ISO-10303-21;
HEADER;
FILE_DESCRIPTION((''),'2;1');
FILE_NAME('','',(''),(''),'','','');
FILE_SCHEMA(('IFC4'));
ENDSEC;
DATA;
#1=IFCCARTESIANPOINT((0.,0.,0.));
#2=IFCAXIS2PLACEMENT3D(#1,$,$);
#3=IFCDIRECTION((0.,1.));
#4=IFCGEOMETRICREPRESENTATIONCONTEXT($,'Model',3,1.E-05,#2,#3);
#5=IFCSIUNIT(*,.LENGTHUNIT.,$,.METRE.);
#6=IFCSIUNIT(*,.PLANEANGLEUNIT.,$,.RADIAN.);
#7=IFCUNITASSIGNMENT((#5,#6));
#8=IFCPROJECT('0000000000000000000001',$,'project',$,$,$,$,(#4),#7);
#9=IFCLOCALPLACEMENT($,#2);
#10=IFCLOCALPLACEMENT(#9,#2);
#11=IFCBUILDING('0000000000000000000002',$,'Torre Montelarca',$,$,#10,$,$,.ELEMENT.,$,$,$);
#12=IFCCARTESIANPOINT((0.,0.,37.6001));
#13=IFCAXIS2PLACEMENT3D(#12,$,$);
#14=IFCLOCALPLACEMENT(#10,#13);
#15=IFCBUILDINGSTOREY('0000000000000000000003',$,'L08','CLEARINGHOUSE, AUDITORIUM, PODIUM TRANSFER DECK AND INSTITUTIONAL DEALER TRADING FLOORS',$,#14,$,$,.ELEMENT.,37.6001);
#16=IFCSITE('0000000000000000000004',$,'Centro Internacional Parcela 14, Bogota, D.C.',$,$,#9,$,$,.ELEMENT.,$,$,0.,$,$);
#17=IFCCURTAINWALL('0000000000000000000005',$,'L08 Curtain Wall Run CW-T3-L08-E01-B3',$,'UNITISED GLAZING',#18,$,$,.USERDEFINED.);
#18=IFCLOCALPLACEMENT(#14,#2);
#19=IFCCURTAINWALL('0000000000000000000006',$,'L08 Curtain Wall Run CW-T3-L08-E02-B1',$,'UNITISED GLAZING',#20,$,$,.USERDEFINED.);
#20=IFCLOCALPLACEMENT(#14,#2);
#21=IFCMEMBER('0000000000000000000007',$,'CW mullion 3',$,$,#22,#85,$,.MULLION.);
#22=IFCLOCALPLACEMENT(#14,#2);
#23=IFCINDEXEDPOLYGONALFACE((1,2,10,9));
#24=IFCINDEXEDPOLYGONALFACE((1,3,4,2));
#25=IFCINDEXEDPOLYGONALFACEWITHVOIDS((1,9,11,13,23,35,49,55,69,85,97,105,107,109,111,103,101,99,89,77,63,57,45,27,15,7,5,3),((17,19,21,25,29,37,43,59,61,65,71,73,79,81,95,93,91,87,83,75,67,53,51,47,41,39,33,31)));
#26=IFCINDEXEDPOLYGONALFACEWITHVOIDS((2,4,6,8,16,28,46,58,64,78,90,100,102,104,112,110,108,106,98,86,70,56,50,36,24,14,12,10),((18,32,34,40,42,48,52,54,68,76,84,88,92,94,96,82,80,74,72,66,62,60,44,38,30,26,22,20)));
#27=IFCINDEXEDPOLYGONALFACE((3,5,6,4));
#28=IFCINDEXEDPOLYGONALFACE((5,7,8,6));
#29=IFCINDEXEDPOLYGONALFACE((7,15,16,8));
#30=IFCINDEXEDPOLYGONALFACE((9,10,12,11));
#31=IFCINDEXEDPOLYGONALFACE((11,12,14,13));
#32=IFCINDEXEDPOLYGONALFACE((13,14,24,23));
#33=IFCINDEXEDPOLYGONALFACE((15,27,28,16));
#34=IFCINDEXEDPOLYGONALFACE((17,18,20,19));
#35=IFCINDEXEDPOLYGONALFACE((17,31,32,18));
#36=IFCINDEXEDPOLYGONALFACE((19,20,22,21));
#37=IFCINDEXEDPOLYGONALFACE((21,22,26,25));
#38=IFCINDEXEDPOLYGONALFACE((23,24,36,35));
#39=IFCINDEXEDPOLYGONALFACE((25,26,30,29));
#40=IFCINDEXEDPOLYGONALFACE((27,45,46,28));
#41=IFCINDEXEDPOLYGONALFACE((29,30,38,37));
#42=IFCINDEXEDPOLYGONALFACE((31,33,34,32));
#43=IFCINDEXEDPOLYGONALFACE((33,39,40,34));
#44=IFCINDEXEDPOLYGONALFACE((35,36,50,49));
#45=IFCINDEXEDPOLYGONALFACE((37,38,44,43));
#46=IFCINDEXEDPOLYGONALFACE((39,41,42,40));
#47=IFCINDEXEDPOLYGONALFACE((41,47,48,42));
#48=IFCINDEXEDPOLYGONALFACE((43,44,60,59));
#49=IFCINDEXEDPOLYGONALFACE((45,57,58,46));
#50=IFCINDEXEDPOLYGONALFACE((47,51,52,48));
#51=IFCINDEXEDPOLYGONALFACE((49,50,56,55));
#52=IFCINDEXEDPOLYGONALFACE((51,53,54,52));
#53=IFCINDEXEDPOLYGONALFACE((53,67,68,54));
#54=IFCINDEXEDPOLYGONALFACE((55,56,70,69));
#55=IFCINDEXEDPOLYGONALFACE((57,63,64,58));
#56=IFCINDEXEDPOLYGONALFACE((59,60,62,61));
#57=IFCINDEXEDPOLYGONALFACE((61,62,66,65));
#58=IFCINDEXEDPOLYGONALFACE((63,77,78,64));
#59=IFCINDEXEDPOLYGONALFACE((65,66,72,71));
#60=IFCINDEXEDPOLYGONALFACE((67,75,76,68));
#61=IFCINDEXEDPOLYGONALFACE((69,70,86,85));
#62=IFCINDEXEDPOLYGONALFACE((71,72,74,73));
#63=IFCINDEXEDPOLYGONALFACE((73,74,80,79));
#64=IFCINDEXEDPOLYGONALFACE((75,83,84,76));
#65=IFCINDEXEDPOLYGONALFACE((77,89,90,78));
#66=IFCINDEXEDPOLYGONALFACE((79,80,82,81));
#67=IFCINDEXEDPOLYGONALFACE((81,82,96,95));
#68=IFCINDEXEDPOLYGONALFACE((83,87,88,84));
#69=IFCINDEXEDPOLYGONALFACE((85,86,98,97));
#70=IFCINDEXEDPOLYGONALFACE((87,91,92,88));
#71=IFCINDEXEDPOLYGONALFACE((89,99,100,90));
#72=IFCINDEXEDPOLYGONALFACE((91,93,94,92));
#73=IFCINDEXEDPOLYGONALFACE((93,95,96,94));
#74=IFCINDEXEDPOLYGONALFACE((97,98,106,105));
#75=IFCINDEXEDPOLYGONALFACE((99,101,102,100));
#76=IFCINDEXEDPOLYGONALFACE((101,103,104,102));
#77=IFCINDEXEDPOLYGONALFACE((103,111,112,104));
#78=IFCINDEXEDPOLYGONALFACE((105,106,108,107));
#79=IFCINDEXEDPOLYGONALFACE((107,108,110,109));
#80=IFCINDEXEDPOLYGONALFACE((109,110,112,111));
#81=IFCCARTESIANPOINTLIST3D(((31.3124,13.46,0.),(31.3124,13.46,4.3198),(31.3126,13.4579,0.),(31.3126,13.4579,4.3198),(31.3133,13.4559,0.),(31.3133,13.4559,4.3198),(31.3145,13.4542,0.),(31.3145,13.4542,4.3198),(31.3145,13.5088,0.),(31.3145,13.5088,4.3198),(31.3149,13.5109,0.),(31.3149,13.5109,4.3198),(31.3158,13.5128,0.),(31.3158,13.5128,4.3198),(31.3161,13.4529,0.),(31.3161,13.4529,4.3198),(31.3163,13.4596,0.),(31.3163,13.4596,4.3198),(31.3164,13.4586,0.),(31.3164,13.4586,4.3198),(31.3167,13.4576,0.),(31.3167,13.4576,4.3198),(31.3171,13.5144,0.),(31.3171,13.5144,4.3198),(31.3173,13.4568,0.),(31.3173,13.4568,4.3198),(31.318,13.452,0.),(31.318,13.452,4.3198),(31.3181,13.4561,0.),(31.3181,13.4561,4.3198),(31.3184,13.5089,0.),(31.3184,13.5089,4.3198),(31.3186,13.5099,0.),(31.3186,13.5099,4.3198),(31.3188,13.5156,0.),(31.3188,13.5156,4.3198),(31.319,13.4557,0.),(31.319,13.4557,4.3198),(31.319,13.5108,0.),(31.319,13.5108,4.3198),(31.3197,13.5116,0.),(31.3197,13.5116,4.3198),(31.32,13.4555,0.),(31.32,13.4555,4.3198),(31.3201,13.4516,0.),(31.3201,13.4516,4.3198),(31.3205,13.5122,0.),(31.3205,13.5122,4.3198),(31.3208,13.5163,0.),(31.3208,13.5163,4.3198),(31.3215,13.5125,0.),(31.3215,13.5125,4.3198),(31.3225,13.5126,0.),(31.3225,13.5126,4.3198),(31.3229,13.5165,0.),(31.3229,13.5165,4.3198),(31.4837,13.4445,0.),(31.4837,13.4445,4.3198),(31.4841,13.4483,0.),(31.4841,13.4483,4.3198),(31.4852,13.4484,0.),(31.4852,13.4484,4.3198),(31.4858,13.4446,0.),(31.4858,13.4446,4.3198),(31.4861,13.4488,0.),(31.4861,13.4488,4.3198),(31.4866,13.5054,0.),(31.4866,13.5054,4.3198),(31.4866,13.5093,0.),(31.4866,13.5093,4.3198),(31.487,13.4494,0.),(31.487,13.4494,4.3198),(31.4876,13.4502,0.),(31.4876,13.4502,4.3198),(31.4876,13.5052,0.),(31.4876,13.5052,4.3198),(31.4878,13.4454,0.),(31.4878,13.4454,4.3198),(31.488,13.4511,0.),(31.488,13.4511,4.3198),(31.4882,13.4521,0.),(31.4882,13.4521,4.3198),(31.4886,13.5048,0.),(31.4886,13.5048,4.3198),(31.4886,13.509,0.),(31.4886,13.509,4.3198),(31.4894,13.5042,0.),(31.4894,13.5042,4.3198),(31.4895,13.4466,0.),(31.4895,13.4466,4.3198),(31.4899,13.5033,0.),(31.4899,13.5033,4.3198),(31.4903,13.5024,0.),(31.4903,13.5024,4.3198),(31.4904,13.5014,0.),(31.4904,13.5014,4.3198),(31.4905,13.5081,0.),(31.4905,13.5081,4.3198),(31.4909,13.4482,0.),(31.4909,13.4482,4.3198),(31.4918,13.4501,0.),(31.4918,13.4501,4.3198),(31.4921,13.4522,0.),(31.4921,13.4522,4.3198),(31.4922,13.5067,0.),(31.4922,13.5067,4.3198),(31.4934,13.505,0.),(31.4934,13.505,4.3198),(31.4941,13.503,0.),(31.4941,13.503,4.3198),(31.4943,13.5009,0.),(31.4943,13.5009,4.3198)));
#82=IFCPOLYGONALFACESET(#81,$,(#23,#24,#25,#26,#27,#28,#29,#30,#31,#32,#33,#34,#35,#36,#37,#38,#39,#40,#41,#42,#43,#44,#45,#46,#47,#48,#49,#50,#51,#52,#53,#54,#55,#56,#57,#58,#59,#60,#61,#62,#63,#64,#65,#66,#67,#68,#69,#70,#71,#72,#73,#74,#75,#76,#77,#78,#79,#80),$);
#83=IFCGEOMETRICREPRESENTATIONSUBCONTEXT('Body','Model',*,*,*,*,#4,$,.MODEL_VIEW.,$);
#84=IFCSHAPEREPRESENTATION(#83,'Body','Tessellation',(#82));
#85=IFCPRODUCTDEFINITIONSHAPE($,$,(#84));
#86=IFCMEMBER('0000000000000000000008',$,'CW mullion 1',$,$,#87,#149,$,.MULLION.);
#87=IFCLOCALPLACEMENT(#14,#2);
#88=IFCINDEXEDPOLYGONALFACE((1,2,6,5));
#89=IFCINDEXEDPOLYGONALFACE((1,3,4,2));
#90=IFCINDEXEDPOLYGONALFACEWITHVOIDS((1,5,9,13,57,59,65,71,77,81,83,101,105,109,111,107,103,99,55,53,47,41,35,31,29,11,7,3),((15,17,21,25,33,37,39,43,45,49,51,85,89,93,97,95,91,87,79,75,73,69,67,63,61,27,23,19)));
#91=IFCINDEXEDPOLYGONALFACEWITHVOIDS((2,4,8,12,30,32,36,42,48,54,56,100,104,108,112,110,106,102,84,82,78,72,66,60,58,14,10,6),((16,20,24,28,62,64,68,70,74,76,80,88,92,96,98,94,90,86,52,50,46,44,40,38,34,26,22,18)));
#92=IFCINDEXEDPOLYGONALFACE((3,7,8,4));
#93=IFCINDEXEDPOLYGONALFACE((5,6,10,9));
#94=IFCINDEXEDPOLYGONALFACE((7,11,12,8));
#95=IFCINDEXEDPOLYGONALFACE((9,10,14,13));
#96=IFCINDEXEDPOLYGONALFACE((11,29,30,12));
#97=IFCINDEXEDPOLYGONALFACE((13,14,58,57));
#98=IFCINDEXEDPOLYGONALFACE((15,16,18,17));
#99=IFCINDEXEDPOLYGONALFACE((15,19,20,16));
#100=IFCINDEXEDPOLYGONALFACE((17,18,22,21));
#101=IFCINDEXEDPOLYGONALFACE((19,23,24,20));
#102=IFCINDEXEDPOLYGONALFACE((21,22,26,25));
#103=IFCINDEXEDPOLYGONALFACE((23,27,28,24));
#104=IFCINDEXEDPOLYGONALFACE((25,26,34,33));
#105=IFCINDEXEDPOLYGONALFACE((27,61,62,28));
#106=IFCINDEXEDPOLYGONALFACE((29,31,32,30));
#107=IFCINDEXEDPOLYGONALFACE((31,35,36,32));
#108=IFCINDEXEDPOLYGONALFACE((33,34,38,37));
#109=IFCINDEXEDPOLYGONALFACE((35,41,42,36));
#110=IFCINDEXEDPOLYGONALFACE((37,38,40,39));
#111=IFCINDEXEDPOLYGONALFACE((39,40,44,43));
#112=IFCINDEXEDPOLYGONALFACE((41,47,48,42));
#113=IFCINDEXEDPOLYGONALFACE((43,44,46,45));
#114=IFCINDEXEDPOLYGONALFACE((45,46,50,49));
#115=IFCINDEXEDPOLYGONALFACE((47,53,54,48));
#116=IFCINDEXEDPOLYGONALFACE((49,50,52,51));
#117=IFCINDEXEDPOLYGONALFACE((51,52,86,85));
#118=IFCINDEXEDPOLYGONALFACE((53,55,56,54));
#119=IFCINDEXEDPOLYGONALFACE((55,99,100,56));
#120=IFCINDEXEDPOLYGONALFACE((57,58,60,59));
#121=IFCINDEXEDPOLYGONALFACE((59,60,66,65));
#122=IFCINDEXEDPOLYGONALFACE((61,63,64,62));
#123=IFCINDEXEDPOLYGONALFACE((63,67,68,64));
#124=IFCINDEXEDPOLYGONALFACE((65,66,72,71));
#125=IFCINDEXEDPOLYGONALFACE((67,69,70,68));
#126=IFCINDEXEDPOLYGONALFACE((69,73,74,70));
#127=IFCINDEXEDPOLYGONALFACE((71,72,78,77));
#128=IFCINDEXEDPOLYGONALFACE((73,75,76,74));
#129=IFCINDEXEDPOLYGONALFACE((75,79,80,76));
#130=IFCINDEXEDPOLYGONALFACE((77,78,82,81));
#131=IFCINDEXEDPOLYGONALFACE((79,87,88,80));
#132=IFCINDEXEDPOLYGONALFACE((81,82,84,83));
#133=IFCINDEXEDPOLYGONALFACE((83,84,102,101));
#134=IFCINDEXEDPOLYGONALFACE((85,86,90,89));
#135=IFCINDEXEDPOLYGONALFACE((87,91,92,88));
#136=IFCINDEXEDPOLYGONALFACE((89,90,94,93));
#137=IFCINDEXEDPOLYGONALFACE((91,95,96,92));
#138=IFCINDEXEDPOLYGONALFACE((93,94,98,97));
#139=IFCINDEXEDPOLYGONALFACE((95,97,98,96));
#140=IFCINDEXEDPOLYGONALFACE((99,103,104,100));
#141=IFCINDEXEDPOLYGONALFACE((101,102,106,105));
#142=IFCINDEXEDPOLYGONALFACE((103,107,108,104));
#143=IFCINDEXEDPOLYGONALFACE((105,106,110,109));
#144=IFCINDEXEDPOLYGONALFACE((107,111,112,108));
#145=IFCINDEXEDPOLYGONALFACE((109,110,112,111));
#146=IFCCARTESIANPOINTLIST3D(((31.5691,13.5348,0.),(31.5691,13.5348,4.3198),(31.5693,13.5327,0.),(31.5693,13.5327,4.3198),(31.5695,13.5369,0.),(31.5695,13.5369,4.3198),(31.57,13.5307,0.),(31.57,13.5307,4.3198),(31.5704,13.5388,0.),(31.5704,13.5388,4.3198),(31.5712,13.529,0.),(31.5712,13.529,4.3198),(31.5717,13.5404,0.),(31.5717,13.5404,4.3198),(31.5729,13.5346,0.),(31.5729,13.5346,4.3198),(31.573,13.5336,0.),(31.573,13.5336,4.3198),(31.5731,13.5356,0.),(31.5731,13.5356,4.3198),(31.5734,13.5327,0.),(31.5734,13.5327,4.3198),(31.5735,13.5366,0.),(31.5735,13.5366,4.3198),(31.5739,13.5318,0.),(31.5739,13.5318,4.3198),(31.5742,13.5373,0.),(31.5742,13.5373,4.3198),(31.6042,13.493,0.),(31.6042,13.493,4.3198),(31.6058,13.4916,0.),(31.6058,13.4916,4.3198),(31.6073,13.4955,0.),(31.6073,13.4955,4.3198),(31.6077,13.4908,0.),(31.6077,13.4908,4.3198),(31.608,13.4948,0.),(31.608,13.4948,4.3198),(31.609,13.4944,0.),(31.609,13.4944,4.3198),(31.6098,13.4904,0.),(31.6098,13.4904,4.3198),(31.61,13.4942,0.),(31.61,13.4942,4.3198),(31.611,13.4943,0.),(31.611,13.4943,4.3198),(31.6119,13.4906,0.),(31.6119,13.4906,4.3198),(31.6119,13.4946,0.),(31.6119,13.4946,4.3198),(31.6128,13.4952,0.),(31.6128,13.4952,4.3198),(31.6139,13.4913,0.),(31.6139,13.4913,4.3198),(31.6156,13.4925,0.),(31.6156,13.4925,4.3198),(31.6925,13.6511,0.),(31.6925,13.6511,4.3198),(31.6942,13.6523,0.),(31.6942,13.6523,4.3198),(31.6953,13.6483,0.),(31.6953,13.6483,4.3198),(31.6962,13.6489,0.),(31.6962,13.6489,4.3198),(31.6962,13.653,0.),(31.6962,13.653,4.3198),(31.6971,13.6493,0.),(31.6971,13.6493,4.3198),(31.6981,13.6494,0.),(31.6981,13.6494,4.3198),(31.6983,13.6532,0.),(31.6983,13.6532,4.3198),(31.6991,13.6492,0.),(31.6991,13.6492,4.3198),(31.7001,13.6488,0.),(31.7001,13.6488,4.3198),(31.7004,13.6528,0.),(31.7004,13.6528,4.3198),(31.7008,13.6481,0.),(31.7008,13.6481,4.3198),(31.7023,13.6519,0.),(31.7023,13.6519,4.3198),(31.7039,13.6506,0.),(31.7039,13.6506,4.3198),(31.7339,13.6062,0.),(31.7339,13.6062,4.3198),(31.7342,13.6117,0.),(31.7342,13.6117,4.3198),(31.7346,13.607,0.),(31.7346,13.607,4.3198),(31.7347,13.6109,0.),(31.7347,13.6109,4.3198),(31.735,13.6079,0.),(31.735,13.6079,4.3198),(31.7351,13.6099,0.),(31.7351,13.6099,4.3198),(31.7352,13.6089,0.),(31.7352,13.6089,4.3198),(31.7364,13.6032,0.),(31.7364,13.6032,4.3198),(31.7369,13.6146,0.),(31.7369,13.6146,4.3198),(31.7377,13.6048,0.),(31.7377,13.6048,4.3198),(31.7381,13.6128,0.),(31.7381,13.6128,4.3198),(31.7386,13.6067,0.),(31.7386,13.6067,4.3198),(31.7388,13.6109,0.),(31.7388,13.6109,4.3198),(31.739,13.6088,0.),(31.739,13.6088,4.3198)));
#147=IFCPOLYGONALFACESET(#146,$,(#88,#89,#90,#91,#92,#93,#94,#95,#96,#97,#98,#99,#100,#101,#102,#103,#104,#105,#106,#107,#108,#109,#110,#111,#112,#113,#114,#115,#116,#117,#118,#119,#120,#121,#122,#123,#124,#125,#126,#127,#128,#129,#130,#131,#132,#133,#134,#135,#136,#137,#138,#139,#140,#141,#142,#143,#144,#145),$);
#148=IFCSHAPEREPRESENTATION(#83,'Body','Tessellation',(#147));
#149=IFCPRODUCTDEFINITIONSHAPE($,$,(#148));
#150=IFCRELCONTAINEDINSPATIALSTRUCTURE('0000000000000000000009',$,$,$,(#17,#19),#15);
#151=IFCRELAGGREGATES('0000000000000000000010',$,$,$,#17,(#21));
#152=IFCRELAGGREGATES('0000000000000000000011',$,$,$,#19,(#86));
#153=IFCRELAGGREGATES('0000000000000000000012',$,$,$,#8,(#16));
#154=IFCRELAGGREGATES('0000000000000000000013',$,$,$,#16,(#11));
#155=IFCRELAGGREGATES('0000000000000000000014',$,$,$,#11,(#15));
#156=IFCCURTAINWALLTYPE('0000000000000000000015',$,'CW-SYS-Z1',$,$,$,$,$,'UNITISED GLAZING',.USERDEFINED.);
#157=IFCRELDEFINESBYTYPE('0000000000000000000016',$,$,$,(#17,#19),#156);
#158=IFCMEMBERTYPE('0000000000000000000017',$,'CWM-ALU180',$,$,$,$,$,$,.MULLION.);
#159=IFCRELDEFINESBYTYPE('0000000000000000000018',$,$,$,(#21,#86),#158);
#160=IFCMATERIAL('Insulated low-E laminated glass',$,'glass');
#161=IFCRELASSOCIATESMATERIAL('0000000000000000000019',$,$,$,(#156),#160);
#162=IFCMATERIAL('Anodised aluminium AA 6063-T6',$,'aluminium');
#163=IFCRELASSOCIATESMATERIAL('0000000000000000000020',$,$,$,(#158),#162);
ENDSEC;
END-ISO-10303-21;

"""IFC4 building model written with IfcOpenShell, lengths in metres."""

from ifc_helpers import new_model, si_unit, direction, frame, origin, origin_2d, place, context, subcontext, project, spatial, hollow_rectangle, extrude, source, transform, mapped, material, material_profile, profile_set, type_object, element, aggregate, save


model = new_model("IFC4")

# Units and contexts
model_context = context("Model", 3, precision=1e-05, world=origin(), true_north=direction((0.0, 1.0)))
body_context = subcontext(model_context, "Body", "Model", "MODEL_VIEW")
ifc_project = project(units=[si_unit("LENGTHUNIT", "METRE"), si_unit("PLANEANGLEUNIT", "RADIAN")], contexts=[model_context])

# Site, building, storey
site_placement = place(None, origin())
site = spatial("IfcSite", under=ifc_project, at=site_placement, Name="Centro Internacional Parcela 14, Bogota, D.C.", CompositionType="ELEMENT", RefElevation=0.0)
building_placement = place(site_placement, origin())
building = spatial("IfcBuilding", under=site, at=building_placement, Name="Torre Montelarca", CompositionType="ELEMENT")
storey_placement = place(building_placement, frame((0.0, 0.0, 37.6001)))
storey = spatial("IfcBuildingStorey", under=building, at=storey_placement, Name="L08", Description="CLEARINGHOUSE, AUDITORIUM, PODIUM TRANSFER DECK AND INSTITUTIONAL DEALER TRADING FLOORS", CompositionType="ELEMENT", Elevation=37.6001)

# Curtain walls
ifc_material_1 = material(Name="Insulated low-E laminated glass", Category="glass")
curtain_wall_type = type_object("IfcCurtainWallType", Name="CW-SYS-Z1", ElementType="UNITISED GLAZING", PredefinedType="USERDEFINED", material=ifc_material_1)
curtain_wall_1_placement = place(storey_placement, origin())
curtain_wall_1 = element("IfcCurtainWall", 1, at=curtain_wall_1_placement, inside=storey, type_object=curtain_wall_type, Name="L08 Curtain Wall Run CW-T3-L08-E01-B3", ObjectType="UNITISED GLAZING", PredefinedType="USERDEFINED")
ifc_material_2 = material(Name="Anodised aluminium AA 6063-T6", Category="aluminium")
curtain_wall_2_placement = place(storey_placement, origin())
curtain_wall_2 = element("IfcCurtainWall", 2, at=curtain_wall_2_placement, inside=storey, type_object=curtain_wall_type, Name="L08 Curtain Wall Run CW-T3-L08-E02-B1", ObjectType="UNITISED GLAZING", PredefinedType="USERDEFINED")
ifc_material_profile_1 = material_profile(ifc_material_2, hollow_rectangle(XDim=0.0649, YDim=0.1799, WallThickness=0.0039, InnerFilletRadius=0.0039, OuterFilletRadius=0.0081, at=origin_2d()), Name="ALU65X180X4", Category="aluminium")
ifc_profile_set_1 = profile_set([ifc_material_profile_1], Name="Anodised aluminium AA 6063-T6")
member_type_1 = type_object("IfcMemberType", Name="CWM-ALU180", PredefinedType="MULLION", material=ifc_profile_set_1)
shared_shape_1 = source(origin(), body_context, "Body", "SweptSolid", [
    extrude(hollow_rectangle(XDim=0.0649, YDim=0.1799, WallThickness=0.0039, InnerFilletRadius=0.0039, OuterFilletRadius=0.0081, at=origin_2d()), origin(), (0.0, 0.0, 1.0), 4.3198),
])

# Members
member_1_placement = place(storey_placement, frame((31.4033, 13.4805, 0.0), z_axis=(0.0, 0.0, 1.0), x_axis=(0.043606, 0.999049, 0.0)))
member_1 = element("IfcMember", 3, at=member_1_placement, type_object=member_type_1, Name="CW mullion 3", PredefinedType="MULLION", context=body_context, shape_type="MappedRepresentation", body=[
    mapped(shared_shape_1, transform((0.0, 0.0, 0.0), scale=1.0)),
])
member_2_placement = place(storey_placement, frame((31.6541, 13.5718, 0.0), z_axis=(0.0, 0.0, 1.0), x_axis=(-0.675575, 0.737292, 0.0)))
member_2 = element("IfcMember", 4, at=member_2_placement, type_object=member_type_1, Name="CW mullion 1", PredefinedType="MULLION", context=body_context, shape_type="MappedRepresentation", body=[
    mapped(shared_shape_1, transform((0.0, 0.0, 0.0), scale=1.0)),
])

aggregate(curtain_wall_1, [member_1])
aggregate(curtain_wall_2, [member_2])

save(model, "model.ifc")
